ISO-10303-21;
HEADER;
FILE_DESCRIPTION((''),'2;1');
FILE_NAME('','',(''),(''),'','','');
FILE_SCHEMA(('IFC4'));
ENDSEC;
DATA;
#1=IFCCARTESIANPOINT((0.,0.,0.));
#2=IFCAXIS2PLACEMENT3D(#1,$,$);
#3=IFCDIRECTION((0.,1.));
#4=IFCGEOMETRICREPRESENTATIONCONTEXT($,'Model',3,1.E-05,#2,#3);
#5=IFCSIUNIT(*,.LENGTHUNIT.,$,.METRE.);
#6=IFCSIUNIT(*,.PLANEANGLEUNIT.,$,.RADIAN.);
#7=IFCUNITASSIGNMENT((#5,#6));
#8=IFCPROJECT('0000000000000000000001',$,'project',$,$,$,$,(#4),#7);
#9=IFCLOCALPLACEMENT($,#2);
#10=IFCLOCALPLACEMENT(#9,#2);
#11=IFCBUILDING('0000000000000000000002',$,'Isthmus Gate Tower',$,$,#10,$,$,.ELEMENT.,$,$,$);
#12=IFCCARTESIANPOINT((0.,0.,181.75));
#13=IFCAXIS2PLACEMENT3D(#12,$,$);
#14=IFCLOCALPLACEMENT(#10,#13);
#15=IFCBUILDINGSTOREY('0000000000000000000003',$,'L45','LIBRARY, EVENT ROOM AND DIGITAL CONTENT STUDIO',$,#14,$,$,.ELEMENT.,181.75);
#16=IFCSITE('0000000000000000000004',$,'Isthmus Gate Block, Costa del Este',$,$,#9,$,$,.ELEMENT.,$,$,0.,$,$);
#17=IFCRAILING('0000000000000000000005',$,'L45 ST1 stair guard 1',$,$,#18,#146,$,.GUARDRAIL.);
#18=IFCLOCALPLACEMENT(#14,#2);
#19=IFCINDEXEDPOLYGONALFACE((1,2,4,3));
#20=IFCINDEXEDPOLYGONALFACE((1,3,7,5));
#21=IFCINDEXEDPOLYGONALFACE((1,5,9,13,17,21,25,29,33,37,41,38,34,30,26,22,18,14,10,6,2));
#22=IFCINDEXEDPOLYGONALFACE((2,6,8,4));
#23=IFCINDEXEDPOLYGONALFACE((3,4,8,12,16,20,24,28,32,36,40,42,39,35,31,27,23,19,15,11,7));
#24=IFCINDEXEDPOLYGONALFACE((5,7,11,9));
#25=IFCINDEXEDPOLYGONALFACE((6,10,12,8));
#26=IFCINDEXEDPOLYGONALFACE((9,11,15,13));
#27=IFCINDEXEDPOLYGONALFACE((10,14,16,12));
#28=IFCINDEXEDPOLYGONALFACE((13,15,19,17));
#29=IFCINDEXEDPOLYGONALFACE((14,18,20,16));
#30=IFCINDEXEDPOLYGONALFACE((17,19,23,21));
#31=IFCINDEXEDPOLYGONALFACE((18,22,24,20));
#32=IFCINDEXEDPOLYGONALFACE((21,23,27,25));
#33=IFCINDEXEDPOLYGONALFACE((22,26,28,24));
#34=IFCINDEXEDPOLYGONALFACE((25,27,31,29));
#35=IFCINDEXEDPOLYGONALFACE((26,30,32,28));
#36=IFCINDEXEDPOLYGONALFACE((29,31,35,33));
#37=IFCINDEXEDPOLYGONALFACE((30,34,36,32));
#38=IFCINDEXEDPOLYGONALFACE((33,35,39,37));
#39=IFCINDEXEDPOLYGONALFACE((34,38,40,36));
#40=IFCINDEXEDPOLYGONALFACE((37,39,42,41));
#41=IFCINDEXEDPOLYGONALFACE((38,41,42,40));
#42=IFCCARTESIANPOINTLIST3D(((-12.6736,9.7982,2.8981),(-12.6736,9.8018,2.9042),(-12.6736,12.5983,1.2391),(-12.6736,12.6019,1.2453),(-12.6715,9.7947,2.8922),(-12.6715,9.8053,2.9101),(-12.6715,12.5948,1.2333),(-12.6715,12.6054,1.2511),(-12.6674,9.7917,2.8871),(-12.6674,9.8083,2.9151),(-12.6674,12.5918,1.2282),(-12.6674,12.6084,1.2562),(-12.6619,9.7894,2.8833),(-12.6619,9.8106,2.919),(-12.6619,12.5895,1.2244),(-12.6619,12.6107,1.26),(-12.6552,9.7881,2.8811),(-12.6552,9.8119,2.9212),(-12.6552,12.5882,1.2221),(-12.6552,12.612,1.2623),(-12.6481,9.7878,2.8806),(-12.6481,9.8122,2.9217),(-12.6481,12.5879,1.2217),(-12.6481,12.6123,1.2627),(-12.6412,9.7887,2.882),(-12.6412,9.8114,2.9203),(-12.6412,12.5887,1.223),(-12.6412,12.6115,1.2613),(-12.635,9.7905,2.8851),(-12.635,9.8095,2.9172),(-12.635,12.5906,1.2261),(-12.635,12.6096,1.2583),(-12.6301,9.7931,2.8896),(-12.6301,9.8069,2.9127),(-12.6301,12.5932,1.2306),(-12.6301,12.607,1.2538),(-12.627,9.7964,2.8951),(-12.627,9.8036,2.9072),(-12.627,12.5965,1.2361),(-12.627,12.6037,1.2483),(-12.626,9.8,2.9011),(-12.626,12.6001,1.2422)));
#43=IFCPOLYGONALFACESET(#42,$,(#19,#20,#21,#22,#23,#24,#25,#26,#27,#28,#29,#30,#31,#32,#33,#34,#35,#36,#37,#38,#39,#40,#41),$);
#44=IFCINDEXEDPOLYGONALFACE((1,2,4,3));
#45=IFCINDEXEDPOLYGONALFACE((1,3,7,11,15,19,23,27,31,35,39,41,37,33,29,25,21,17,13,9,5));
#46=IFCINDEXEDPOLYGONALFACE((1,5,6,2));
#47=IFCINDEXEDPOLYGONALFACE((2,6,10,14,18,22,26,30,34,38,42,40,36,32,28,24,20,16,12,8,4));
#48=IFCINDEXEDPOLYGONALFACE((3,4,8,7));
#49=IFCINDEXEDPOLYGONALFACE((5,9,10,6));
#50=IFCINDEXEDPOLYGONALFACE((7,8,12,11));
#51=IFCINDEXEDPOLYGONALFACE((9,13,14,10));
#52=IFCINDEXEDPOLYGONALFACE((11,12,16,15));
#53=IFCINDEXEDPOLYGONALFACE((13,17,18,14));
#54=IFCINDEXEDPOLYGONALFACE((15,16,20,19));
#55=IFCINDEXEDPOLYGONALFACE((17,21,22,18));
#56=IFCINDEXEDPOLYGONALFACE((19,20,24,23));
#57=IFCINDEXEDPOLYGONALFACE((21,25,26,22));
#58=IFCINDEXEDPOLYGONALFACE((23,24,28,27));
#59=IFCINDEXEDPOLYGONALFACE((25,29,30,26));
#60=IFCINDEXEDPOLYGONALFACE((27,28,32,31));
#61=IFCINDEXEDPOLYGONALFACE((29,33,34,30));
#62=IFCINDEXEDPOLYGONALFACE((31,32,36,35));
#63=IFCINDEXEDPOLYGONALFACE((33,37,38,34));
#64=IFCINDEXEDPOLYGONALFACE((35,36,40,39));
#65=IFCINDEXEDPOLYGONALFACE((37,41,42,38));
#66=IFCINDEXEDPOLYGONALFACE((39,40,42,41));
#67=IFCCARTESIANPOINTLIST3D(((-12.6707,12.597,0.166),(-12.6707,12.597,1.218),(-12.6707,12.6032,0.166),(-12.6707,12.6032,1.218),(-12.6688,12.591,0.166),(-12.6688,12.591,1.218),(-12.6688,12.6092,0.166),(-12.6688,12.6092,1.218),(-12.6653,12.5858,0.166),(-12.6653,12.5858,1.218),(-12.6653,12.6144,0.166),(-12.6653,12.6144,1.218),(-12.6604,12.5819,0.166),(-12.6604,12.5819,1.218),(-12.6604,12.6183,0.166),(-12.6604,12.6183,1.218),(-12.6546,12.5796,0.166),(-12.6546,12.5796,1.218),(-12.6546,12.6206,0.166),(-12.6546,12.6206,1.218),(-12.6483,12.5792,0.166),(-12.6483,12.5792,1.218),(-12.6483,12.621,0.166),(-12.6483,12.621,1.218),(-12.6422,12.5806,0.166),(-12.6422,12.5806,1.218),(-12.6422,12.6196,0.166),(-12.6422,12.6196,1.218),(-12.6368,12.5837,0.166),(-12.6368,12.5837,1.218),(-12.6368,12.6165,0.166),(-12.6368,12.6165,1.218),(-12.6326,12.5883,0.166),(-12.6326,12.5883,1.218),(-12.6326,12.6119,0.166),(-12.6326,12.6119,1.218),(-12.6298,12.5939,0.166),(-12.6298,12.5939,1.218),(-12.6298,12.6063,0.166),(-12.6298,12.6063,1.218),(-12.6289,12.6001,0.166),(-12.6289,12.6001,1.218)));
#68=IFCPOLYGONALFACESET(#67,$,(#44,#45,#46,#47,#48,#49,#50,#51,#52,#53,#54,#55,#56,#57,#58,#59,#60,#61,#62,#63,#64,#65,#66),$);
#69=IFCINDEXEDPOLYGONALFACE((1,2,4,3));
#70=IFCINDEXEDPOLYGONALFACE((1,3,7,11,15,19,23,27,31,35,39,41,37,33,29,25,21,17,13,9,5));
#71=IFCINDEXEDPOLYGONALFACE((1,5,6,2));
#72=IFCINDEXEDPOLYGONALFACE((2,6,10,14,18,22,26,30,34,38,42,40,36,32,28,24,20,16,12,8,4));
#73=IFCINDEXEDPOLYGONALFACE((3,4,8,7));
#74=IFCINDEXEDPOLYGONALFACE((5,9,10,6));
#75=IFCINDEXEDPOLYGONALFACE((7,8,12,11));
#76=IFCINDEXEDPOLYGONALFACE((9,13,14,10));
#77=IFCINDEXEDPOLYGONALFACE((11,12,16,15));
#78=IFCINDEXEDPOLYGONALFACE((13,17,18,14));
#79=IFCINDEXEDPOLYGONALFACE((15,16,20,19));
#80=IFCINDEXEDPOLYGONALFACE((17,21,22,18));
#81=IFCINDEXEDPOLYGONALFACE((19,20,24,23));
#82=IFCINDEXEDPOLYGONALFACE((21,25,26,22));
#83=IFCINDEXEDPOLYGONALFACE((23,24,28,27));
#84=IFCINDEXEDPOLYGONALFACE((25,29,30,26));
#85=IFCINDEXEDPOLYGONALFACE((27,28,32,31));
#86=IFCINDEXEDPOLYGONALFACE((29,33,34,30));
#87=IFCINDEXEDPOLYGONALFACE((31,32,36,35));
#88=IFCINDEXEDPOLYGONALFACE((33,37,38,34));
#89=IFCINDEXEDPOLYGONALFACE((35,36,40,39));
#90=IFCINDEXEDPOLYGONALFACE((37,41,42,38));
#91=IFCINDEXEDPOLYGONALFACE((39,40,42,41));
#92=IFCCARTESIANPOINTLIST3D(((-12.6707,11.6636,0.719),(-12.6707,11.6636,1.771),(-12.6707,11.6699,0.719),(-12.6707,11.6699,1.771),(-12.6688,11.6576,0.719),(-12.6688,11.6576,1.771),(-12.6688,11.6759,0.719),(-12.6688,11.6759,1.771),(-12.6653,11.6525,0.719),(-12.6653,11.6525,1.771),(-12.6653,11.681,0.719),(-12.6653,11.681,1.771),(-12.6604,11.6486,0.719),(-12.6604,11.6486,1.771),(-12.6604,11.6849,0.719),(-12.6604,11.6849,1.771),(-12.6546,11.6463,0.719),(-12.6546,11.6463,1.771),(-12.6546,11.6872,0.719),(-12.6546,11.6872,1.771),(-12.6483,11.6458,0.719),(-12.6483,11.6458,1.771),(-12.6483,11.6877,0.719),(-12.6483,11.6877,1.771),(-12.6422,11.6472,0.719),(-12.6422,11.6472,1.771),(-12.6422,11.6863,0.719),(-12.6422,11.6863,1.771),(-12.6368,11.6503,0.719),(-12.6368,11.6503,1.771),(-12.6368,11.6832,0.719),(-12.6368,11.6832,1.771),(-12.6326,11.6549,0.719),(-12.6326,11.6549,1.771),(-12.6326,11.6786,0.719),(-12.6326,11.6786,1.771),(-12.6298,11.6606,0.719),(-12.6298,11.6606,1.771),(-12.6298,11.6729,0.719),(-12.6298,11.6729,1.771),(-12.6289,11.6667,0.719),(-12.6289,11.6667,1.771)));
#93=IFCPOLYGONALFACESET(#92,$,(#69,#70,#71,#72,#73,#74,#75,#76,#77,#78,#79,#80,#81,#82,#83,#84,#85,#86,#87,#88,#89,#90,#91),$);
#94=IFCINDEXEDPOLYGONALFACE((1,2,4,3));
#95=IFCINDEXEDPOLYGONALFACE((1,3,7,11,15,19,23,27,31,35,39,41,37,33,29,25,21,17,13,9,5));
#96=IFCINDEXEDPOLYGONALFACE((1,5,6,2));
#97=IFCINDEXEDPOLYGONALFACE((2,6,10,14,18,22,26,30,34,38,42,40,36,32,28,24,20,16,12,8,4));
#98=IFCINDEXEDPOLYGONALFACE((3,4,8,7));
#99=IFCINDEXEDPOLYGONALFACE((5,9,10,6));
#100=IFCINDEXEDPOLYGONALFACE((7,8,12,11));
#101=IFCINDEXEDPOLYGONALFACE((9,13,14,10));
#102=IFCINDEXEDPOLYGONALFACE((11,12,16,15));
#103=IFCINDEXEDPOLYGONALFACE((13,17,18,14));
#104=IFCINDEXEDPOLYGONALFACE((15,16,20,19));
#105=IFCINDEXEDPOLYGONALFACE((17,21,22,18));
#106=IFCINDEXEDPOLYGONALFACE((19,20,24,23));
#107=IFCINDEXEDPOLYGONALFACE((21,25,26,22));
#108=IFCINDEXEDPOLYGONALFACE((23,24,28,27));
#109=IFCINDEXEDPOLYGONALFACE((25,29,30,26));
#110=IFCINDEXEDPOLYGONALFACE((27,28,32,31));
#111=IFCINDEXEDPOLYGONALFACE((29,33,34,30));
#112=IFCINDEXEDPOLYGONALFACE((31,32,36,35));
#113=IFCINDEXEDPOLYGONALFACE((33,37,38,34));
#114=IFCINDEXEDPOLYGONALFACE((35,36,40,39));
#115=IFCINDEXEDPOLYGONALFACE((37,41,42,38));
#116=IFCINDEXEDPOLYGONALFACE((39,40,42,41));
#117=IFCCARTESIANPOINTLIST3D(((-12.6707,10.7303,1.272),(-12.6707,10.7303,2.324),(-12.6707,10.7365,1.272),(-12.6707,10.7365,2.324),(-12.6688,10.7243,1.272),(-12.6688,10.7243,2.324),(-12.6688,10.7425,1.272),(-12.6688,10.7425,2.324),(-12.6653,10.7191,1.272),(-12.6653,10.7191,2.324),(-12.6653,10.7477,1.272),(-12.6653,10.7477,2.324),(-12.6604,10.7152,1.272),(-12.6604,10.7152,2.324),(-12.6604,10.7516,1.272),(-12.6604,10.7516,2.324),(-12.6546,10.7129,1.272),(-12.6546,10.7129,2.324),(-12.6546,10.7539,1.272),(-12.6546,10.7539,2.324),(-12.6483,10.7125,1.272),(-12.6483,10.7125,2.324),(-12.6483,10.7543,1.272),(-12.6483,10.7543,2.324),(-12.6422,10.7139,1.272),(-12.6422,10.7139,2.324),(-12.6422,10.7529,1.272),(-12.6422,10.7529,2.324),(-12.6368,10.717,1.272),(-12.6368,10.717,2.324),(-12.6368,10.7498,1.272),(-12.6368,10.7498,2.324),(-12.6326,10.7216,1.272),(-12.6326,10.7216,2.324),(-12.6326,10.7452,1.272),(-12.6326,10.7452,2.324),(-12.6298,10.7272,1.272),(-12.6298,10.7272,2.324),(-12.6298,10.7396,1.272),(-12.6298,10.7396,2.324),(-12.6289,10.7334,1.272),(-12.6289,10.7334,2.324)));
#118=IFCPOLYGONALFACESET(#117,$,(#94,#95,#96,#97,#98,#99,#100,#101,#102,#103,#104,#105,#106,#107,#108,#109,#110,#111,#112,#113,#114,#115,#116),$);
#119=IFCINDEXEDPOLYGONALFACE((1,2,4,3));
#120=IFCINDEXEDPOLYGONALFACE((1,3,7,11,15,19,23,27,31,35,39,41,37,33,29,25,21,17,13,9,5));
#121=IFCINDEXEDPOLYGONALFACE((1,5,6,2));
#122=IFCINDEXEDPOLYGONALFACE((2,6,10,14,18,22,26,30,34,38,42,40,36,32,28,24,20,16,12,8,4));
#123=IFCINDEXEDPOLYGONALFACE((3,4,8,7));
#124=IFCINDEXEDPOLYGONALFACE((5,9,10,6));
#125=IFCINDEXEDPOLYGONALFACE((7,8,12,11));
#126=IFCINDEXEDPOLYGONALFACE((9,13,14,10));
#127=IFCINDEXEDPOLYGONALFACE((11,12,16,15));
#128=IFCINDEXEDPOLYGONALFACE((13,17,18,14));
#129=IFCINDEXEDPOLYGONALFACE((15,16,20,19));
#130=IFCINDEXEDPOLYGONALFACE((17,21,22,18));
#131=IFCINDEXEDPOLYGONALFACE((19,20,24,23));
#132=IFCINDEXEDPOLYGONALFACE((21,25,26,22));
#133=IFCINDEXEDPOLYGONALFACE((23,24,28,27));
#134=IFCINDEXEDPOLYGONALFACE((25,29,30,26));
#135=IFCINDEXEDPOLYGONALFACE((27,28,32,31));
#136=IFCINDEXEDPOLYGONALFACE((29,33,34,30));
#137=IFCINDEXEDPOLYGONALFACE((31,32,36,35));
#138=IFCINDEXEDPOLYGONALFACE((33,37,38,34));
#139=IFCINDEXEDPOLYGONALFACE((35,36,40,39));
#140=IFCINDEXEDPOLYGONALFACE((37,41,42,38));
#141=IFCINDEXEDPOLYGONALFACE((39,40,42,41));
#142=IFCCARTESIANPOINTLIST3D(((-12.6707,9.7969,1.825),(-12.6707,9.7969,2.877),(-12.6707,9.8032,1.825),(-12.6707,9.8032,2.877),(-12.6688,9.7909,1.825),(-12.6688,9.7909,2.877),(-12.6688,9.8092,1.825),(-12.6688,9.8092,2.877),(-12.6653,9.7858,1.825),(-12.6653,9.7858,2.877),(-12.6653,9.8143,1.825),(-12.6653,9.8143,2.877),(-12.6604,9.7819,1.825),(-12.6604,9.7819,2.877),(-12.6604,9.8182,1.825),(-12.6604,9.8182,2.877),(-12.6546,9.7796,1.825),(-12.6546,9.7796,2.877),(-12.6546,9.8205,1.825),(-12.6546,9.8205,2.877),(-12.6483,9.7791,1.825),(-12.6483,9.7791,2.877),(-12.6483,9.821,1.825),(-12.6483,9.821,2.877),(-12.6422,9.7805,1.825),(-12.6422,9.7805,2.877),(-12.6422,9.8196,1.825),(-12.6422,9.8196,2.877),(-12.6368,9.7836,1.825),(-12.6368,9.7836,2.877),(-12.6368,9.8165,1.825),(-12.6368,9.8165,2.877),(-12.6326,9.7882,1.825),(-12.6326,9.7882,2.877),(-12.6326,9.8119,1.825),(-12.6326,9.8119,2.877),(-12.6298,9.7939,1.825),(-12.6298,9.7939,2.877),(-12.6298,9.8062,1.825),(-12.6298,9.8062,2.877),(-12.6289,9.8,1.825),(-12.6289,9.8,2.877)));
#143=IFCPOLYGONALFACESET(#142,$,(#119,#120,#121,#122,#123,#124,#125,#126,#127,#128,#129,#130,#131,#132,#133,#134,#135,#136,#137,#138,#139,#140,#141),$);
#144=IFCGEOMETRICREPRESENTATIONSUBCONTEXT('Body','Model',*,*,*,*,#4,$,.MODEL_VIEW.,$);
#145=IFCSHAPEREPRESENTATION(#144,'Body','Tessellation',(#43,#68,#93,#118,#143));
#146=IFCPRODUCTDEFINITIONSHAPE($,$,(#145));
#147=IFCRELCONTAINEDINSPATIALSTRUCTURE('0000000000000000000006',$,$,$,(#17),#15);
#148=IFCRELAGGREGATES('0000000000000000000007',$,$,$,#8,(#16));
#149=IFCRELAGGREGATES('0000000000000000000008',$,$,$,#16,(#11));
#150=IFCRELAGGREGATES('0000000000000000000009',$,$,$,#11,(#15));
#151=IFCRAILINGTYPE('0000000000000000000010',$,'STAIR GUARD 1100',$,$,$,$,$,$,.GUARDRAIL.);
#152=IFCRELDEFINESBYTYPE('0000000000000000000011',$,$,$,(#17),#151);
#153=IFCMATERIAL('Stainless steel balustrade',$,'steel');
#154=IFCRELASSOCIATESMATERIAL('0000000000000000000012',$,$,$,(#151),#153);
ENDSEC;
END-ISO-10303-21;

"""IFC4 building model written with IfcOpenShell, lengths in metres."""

from ifc_helpers import new_model, si_unit, direction, frame, origin, origin_2d, place, context, subcontext, project, spatial, circle, extrude, material, type_object, element, save


model = new_model("IFC4")

# Units and contexts
model_context = context("Model", 3, precision=1e-05, world=origin(), true_north=direction((0.0, 1.0)))
body_context = subcontext(model_context, "Body", "Model", "MODEL_VIEW")
ifc_project = project(units=[si_unit("LENGTHUNIT", "METRE"), si_unit("PLANEANGLEUNIT", "RADIAN")], contexts=[model_context])

# Site, building, storey
site_placement = place(None, origin())
site = spatial("IfcSite", under=ifc_project, at=site_placement, Name="Isthmus Gate Block, Costa del Este", CompositionType="ELEMENT", RefElevation=0.0)
building_placement = place(site_placement, origin())
building = spatial("IfcBuilding", under=site, at=building_placement, Name="Isthmus Gate Tower", CompositionType="ELEMENT")
storey_placement = place(building_placement, frame((0.0, 0.0, 181.75)))
storey = spatial("IfcBuildingStorey", under=building, at=storey_placement, Name="L45", Description="LIBRARY, EVENT ROOM AND DIGITAL CONTENT STUDIO", CompositionType="ELEMENT", Elevation=181.75)

# Railing
ifc_material_1 = material(Name="Stainless steel balustrade", Category="steel")
railing_type_1 = type_object("IfcRailingType", Name="STAIR GUARD 1100", PredefinedType="GUARDRAIL", material=ifc_material_1)
railing_1_placement = place(storey_placement, frame((-12.6499, 12.6001, 0.166)))
element("IfcRailing", 1, at=railing_1_placement, inside=storey, type_object=railing_type_1, Name="L45 ST1 stair guard 1", PredefinedType="GUARDRAIL", context=body_context, shape_type="SweptSolid", body=[
    extrude(circle(Radius=0.0239, at=origin_2d()), frame((0.0, 0.0, 1.0762), z_axis=(0.0, -0.860339, 0.509722), x_axis=(1.0, 0.0, 0.0)), (0.0, 0.0, 1.0), 3.2546),
    extrude(circle(Radius=0.021, at=origin_2d()), origin(), (0.0, 0.0, 1.0), 1.052),
    extrude(circle(Radius=0.021, at=origin_2d()), frame((0.0, -0.9333, 0.553)), (0.0, 0.0, 1.0), 1.052),
    extrude(circle(Radius=0.021, at=origin_2d()), frame((0.0, -1.8667, 1.106)), (0.0, 0.0, 1.0), 1.052),
    extrude(circle(Radius=0.021, at=origin_2d()), frame((0.0, -2.8, 1.6589)), (0.0, 0.0, 1.0), 1.052),
])

save(model, "model.ifc")
